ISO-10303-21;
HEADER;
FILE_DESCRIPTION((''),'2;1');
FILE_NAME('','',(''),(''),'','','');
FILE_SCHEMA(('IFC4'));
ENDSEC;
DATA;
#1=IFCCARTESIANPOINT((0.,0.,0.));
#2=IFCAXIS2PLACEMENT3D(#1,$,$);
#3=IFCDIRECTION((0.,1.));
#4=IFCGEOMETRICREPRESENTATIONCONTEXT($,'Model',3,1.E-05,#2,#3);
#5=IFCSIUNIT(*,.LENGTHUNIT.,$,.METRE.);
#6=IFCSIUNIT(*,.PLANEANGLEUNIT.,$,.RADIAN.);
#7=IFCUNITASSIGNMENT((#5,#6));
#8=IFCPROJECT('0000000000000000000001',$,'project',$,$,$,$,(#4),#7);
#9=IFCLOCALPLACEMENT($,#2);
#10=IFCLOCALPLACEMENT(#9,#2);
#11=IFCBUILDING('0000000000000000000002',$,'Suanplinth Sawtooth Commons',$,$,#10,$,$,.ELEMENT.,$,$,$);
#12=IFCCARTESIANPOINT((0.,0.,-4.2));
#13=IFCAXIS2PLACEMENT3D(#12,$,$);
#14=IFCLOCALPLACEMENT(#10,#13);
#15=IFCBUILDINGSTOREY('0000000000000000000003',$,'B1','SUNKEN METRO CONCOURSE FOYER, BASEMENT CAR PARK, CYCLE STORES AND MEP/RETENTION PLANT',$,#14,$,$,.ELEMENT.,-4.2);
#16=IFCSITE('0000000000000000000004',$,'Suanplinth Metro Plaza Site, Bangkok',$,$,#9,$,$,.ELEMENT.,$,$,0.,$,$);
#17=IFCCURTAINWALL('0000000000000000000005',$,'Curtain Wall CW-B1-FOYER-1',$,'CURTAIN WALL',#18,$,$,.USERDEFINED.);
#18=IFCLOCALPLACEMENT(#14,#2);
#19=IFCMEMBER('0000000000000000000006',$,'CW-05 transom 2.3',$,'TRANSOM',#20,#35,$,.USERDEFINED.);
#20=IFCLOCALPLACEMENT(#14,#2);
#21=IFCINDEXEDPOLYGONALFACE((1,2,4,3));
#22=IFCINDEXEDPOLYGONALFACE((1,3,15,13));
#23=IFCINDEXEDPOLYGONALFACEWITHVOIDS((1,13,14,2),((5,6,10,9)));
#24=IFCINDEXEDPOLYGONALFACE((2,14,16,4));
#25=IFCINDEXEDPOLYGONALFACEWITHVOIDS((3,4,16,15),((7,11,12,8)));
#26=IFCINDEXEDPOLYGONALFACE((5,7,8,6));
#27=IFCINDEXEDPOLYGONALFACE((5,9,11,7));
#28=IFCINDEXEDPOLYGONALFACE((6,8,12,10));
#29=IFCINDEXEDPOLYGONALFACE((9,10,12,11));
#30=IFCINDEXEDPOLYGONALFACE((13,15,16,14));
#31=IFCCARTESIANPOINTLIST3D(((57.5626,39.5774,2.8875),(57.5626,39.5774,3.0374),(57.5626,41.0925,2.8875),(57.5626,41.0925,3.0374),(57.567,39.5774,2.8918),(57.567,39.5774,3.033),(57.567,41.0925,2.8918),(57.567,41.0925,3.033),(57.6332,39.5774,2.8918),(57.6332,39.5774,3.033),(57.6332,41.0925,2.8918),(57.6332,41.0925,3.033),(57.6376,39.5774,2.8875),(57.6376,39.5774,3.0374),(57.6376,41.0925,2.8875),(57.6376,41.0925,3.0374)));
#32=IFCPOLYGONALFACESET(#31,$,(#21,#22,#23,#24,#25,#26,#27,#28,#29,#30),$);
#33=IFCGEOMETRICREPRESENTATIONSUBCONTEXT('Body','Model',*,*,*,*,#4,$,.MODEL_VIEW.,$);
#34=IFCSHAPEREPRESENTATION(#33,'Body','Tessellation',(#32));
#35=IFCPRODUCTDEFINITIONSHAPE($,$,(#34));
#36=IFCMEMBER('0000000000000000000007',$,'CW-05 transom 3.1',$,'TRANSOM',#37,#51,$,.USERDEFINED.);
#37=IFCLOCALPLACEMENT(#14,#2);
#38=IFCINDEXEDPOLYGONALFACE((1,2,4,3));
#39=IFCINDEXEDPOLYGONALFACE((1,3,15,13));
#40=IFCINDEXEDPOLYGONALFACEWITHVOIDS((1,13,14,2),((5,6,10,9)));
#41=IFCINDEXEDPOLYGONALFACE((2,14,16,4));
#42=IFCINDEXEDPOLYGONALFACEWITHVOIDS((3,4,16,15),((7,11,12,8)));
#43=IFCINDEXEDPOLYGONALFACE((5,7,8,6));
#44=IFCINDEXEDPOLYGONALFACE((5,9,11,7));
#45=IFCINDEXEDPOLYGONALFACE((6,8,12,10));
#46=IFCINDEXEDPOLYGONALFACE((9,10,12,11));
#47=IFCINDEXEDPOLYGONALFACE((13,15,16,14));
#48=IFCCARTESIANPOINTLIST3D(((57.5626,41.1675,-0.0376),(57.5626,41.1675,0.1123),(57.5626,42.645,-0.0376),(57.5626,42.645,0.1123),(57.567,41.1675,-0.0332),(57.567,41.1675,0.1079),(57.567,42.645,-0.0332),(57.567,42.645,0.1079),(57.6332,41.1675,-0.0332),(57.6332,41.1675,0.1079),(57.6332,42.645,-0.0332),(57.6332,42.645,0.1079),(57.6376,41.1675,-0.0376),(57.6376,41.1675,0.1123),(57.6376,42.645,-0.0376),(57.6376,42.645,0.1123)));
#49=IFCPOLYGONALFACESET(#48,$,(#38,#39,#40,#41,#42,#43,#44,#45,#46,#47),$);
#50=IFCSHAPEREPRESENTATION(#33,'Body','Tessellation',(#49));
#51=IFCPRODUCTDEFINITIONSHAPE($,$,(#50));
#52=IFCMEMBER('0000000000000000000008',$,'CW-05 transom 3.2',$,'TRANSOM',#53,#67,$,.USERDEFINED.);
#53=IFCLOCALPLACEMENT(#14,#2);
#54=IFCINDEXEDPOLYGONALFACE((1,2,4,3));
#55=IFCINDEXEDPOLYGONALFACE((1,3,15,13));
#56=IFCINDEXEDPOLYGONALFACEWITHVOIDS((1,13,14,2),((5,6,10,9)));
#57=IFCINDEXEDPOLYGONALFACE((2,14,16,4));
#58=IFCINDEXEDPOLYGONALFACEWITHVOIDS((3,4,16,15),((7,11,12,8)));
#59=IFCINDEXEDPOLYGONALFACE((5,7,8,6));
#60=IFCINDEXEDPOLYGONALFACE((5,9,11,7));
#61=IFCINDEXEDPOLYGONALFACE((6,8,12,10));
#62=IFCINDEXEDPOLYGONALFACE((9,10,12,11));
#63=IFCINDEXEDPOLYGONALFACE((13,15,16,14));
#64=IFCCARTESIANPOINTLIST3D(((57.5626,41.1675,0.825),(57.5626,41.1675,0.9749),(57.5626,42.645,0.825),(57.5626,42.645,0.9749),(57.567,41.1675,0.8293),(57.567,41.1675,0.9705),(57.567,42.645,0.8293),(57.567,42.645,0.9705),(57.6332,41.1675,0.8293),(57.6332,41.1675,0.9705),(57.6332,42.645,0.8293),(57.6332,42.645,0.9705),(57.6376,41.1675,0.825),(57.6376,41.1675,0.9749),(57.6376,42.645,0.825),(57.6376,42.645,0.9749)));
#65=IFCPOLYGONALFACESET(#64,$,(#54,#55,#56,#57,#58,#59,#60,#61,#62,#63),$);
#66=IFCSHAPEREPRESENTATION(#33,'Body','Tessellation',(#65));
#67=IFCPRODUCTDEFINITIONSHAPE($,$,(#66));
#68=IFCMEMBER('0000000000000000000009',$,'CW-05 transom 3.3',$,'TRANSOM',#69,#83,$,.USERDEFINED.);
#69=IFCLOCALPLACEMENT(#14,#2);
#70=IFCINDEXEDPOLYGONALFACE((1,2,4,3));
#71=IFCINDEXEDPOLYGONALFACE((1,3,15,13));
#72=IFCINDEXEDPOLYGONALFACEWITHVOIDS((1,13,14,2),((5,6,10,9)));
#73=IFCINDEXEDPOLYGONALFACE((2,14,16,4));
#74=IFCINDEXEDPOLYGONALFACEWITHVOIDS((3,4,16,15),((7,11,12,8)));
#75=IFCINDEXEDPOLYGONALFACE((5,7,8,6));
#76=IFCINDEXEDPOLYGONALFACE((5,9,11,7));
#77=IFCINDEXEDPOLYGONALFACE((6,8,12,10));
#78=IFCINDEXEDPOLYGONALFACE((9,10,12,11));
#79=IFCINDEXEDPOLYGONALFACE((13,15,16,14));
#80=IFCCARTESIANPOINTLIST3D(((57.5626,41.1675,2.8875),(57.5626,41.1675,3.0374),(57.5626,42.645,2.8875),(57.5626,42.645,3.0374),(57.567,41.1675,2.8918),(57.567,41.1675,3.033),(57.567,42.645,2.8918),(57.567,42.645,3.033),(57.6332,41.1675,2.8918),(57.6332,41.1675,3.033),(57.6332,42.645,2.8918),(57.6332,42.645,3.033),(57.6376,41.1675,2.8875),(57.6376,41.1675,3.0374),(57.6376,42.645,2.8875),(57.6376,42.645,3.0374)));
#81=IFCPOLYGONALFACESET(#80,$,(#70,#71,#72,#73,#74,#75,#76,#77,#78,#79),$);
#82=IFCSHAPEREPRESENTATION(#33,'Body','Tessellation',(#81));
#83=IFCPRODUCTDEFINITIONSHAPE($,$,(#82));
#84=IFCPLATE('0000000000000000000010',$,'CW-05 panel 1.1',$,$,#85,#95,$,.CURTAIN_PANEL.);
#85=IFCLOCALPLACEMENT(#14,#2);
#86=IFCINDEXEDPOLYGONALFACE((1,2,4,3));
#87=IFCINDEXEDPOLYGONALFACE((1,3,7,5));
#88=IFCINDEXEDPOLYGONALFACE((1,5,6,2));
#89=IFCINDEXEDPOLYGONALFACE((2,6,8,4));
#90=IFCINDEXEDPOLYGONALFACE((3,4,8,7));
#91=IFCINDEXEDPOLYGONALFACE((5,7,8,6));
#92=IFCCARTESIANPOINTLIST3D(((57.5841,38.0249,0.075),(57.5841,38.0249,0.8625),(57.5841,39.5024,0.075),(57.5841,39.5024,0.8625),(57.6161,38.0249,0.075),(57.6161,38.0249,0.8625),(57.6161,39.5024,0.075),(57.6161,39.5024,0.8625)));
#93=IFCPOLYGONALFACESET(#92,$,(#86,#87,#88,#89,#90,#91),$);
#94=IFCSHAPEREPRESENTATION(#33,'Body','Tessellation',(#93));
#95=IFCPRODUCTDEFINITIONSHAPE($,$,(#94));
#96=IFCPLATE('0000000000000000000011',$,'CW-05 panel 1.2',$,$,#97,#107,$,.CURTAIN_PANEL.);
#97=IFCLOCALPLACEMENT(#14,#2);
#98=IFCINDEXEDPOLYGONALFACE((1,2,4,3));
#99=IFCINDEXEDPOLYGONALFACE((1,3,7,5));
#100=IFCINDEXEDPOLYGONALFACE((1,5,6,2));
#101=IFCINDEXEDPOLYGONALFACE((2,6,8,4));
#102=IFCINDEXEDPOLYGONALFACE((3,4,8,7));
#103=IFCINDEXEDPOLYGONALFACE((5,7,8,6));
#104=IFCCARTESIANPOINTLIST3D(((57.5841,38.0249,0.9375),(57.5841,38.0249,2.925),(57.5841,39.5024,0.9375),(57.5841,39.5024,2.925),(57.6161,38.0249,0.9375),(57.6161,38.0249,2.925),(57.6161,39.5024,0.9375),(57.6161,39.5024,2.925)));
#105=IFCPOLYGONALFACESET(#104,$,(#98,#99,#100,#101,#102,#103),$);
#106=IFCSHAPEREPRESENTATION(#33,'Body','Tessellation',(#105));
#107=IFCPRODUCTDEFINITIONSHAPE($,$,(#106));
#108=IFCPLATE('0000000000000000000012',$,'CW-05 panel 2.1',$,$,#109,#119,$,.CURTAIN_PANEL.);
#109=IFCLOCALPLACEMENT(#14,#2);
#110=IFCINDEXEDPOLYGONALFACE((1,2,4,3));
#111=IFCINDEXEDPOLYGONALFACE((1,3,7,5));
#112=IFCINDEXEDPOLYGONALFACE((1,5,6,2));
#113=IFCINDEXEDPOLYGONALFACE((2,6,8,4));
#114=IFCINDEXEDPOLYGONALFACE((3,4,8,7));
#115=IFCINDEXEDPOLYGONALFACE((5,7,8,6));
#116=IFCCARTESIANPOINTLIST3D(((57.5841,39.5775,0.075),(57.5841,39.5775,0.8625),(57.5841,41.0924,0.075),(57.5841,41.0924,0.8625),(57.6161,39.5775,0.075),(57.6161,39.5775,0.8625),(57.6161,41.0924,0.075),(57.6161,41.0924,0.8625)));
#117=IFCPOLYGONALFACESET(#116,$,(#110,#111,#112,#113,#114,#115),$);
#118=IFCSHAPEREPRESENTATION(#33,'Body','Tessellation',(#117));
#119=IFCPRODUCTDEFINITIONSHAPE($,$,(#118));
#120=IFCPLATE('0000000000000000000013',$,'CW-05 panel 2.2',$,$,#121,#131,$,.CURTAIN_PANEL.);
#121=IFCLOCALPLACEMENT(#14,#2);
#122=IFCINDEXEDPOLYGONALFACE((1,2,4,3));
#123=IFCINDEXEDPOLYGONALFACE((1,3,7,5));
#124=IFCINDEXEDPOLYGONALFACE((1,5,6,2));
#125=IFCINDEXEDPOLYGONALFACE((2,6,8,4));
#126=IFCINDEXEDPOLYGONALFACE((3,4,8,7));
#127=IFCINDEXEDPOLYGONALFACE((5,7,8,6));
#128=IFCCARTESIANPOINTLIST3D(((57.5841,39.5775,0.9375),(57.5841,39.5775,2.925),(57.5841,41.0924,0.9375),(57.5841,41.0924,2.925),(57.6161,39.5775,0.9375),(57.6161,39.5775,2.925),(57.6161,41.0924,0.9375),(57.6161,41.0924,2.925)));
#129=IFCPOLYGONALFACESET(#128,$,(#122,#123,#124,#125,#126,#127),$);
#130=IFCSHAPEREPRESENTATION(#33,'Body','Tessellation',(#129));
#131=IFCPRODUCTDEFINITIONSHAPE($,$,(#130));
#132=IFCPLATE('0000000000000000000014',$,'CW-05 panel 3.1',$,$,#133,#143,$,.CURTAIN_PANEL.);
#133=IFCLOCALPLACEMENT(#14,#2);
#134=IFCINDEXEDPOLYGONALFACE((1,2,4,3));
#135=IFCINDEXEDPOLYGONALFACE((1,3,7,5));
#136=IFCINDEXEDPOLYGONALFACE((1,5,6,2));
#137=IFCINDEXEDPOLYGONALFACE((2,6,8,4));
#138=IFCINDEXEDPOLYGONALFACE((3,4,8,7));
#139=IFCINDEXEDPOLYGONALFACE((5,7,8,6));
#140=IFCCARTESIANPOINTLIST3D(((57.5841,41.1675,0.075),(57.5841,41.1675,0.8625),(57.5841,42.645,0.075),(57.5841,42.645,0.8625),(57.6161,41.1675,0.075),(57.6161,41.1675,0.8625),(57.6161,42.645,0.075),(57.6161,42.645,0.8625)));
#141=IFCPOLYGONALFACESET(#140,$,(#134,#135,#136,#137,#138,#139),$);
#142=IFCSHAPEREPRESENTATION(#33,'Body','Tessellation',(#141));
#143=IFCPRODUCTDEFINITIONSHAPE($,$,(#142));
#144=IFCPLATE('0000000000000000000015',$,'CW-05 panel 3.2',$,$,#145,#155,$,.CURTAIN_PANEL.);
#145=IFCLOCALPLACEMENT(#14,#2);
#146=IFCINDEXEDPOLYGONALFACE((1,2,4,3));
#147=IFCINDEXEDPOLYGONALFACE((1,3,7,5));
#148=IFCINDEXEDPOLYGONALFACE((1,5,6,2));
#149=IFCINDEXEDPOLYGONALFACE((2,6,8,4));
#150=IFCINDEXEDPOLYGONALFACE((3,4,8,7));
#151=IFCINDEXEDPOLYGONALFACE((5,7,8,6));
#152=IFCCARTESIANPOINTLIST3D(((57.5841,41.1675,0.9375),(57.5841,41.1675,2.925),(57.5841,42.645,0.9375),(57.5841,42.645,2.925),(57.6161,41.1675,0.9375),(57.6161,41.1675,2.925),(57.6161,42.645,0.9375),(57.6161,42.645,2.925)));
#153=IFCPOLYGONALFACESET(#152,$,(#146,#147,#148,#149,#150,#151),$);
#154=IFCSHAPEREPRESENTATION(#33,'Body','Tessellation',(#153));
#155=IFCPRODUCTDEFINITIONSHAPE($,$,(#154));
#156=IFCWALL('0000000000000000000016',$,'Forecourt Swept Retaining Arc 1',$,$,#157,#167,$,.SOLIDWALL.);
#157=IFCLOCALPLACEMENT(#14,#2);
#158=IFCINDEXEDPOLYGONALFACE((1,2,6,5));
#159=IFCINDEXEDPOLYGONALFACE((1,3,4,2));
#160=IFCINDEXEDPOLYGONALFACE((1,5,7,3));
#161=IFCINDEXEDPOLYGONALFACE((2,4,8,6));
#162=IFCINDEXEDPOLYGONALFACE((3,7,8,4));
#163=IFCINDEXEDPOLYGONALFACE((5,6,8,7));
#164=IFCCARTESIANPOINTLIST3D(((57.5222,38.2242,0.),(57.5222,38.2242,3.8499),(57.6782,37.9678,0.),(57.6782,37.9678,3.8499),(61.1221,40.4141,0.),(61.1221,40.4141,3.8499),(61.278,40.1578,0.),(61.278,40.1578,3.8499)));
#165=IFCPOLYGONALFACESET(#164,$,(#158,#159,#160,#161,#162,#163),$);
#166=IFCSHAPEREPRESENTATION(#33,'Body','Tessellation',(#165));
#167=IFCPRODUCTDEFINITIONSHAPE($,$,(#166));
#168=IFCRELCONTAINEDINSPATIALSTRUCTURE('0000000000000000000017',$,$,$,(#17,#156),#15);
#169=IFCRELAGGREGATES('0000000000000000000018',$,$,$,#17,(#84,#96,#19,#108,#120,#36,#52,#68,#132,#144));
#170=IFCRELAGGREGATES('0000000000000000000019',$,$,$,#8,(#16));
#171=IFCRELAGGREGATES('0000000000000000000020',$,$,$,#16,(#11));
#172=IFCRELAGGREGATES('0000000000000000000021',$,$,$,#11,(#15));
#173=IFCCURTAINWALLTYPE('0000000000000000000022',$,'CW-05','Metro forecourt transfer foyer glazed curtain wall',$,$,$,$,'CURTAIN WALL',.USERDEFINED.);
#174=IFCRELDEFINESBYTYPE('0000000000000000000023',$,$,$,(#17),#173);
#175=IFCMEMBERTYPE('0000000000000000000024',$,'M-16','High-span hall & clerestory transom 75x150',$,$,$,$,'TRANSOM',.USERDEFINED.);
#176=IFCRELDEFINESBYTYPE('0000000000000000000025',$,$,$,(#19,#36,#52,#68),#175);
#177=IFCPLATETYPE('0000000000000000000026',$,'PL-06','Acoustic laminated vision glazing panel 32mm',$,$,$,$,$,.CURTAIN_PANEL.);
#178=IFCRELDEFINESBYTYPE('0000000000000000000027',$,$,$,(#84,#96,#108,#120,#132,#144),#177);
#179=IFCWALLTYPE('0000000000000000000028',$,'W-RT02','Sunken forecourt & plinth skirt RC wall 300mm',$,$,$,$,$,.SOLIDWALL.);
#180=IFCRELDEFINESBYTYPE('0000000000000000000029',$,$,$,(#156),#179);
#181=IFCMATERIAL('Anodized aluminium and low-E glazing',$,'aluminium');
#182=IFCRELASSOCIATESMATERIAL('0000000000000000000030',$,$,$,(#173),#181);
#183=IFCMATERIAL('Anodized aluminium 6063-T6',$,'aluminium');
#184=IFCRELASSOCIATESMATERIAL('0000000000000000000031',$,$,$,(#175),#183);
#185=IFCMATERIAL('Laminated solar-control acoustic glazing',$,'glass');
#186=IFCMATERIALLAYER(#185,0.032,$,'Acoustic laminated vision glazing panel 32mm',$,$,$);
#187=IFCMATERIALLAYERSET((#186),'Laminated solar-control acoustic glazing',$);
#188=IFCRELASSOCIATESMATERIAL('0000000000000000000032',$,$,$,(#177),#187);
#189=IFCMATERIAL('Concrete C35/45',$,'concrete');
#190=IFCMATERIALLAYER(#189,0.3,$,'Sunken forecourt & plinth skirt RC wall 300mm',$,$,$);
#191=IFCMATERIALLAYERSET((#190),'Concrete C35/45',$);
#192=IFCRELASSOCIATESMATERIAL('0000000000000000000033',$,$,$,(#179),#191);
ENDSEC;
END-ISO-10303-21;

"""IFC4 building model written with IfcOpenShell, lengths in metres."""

from ifc_helpers import new_model, si_unit, direction, frame, frame_2d, origin, origin_2d, place, context, subcontext, project, spatial, rectangle, hollow_rectangle, extrude, material, layer, layer_set, material_profile, profile_set, type_object, element, aggregate, save


model = new_model("IFC4")

# Units and contexts
model_context = context("Model", 3, precision=1e-05, world=origin(), true_north=direction((0.0, 1.0)))
body_context = subcontext(model_context, "Body", "Model", "MODEL_VIEW")
ifc_project = project(units=[si_unit("LENGTHUNIT", "METRE"), si_unit("PLANEANGLEUNIT", "RADIAN")], contexts=[model_context])

# Site, building, storey
site_placement = place(None, origin())
site = spatial("IfcSite", under=ifc_project, at=site_placement, Name="Suanplinth Metro Plaza Site, Bangkok", CompositionType="ELEMENT", RefElevation=0.0)
building_placement = place(site_placement, origin())
building = spatial("IfcBuilding", under=site, at=building_placement, Name="Suanplinth Sawtooth Commons", CompositionType="ELEMENT")
storey_placement = place(building_placement, frame((0.0, 0.0, -4.2)))
storey = spatial("IfcBuildingStorey", under=building, at=storey_placement, Name="B1", Description="SUNKEN METRO CONCOURSE FOYER, BASEMENT CAR PARK, CYCLE STORES AND MEP/RETENTION PLANT", CompositionType="ELEMENT", Elevation=-4.2)

# Curtain wall, members, plates
ifc_material_1 = material(Name="Anodized aluminium and low-E glazing", Category="aluminium")
curtain_wall_type = type_object("IfcCurtainWallType", Name="CW-05", Description="Metro forecourt transfer foyer glazed curtain wall", ElementType="CURTAIN WALL", PredefinedType="USERDEFINED", material=ifc_material_1)
curtain_wall_placement = place(storey_placement, origin())
curtain_wall = element("IfcCurtainWall", 1, at=curtain_wall_placement, inside=storey, type_object=curtain_wall_type, Name="Curtain Wall CW-B1-FOYER-1", ObjectType="CURTAIN WALL", PredefinedType="USERDEFINED")
ifc_material_2 = material(Name="Anodized aluminium 6063-T6", Category="aluminium")
ifc_material_profile_1 = material_profile(ifc_material_2, hollow_rectangle(XDim=0.075, YDim=0.1499, WallThickness=0.0044, at=origin_2d()), Name="ALU-TRN 75x150")
ifc_profile_set_1 = profile_set([ifc_material_profile_1], Name="Anodized aluminium 6063-T6")
member_type_1 = type_object("IfcMemberType", Name="M-16", Description="High-span hall & clerestory transom 75x150", ElementType="TRANSOM", PredefinedType="USERDEFINED", material=ifc_profile_set_1)
member_1_placement = place(storey_placement, frame((57.6001, 39.5774, 2.9624), z_axis=(0.0, 1.0, 0.0), x_axis=(-1.0, 0.0, 0.0)))
member_1 = element("IfcMember", 2, at=member_1_placement, type_object=member_type_1, Name="CW-05 transom 2.3", ObjectType="TRANSOM", PredefinedType="USERDEFINED", context=body_context, shape_type="SweptSolid", body=[
    extrude(hollow_rectangle(XDim=0.075, YDim=0.1499, WallThickness=0.0044, at=origin_2d()), origin(), (0.0, 0.0, 1.0), 1.5151),
])
member_2_placement = place(storey_placement, frame((57.6001, 41.1675, 0.0374), z_axis=(0.0, 1.0, 0.0), x_axis=(-1.0, 0.0, 0.0)))
member_2 = element("IfcMember", 3, at=member_2_placement, type_object=member_type_1, Name="CW-05 transom 3.1", ObjectType="TRANSOM", PredefinedType="USERDEFINED", context=body_context, shape_type="SweptSolid", body=[
    extrude(hollow_rectangle(XDim=0.075, YDim=0.1499, WallThickness=0.0044, at=origin_2d()), origin(), (0.0, 0.0, 1.0), 1.4775),
])
member_3_placement = place(storey_placement, frame((57.6001, 41.1675, 0.8999), z_axis=(0.0, 1.0, 0.0), x_axis=(-1.0, 0.0, 0.0)))
member_3 = element("IfcMember", 4, at=member_3_placement, type_object=member_type_1, Name="CW-05 transom 3.2", ObjectType="TRANSOM", PredefinedType="USERDEFINED", context=body_context, shape_type="SweptSolid", body=[
    extrude(hollow_rectangle(XDim=0.075, YDim=0.1499, WallThickness=0.0044, at=origin_2d()), origin(), (0.0, 0.0, 1.0), 1.4775),
])
member_4_placement = place(storey_placement, frame((57.6001, 41.1675, 2.9624), z_axis=(0.0, 1.0, 0.0), x_axis=(-1.0, 0.0, 0.0)))
member_4 = element("IfcMember", 5, at=member_4_placement, type_object=member_type_1, Name="CW-05 transom 3.3", ObjectType="TRANSOM", PredefinedType="USERDEFINED", context=body_context, shape_type="SweptSolid", body=[
    extrude(hollow_rectangle(XDim=0.075, YDim=0.1499, WallThickness=0.0044, at=origin_2d()), origin(), (0.0, 0.0, 1.0), 1.4775),
])
ifc_material_3 = material(Name="Laminated solar-control acoustic glazing", Category="glass")
ifc_layer_1 = layer(ifc_material_3, 0.032, Name="Acoustic laminated vision glazing panel 32mm")
ifc_layer_set_1 = layer_set([ifc_layer_1], Name="Laminated solar-control acoustic glazing")
plate_type = type_object("IfcPlateType", Name="PL-06", Description="Acoustic laminated vision glazing panel 32mm", PredefinedType="CURTAIN_PANEL", material=ifc_layer_set_1)
plate_1_placement = place(storey_placement, frame((57.6001, 38.7637, 0.075), z_axis=(0.0, 0.0, 1.0), x_axis=(0.0, 1.0, 0.0)))
plate_1 = element("IfcPlate", 6, at=plate_1_placement, type_object=plate_type, Name="CW-05 panel 1.1", PredefinedType="CURTAIN_PANEL", context=body_context, shape_type="SweptSolid", body=[
    extrude(rectangle(XDim=1.4775, YDim=0.032, at=origin_2d()), origin(), (0.0, 0.0, 1.0), 0.7876),
])
plate_2_placement = place(storey_placement, frame((57.6001, 38.7637, 0.9375), z_axis=(0.0, 0.0, 1.0), x_axis=(0.0, 1.0, 0.0)))
plate_2 = element("IfcPlate", 7, at=plate_2_placement, type_object=plate_type, Name="CW-05 panel 1.2", PredefinedType="CURTAIN_PANEL", context=body_context, shape_type="SweptSolid", body=[
    extrude(rectangle(XDim=1.4775, YDim=0.032, at=origin_2d()), origin(), (0.0, 0.0, 1.0), 1.9875),
])
plate_3_placement = place(storey_placement, frame((57.6001, 40.335, 0.075), z_axis=(0.0, 0.0, 1.0), x_axis=(0.0, 1.0, 0.0)))
plate_3 = element("IfcPlate", 8, at=plate_3_placement, type_object=plate_type, Name="CW-05 panel 2.1", PredefinedType="CURTAIN_PANEL", context=body_context, shape_type="SweptSolid", body=[
    extrude(rectangle(XDim=1.5149, YDim=0.032, at=origin_2d()), origin(), (0.0, 0.0, 1.0), 0.7876),
])
plate_4_placement = place(storey_placement, frame((57.6001, 40.335, 0.9375), z_axis=(0.0, 0.0, 1.0), x_axis=(0.0, 1.0, 0.0)))
plate_4 = element("IfcPlate", 9, at=plate_4_placement, type_object=plate_type, Name="CW-05 panel 2.2", PredefinedType="CURTAIN_PANEL", context=body_context, shape_type="SweptSolid", body=[
    extrude(rectangle(XDim=1.5149, YDim=0.032, at=origin_2d()), origin(), (0.0, 0.0, 1.0), 1.9875),
])
plate_5_placement = place(storey_placement, frame((57.6001, 41.9062, 0.075), z_axis=(0.0, 0.0, 1.0), x_axis=(0.0, 1.0, 0.0)))
plate_5 = element("IfcPlate", 10, at=plate_5_placement, type_object=plate_type, Name="CW-05 panel 3.1", PredefinedType="CURTAIN_PANEL", context=body_context, shape_type="SweptSolid", body=[
    extrude(rectangle(XDim=1.4775, YDim=0.032, at=origin_2d()), origin(), (0.0, 0.0, 1.0), 0.7876),
])
plate_6_placement = place(storey_placement, frame((57.6001, 41.9062, 0.9375), z_axis=(0.0, 0.0, 1.0), x_axis=(0.0, 1.0, 0.0)))
plate_6 = element("IfcPlate", 11, at=plate_6_placement, type_object=plate_type, Name="CW-05 panel 3.2", PredefinedType="CURTAIN_PANEL", context=body_context, shape_type="SweptSolid", body=[
    extrude(rectangle(XDim=1.4775, YDim=0.032, at=origin_2d()), origin(), (0.0, 0.0, 1.0), 1.9875),
])
aggregate(curtain_wall, [plate_1, plate_2, member_1, plate_3, plate_4, member_2, member_3, member_4, plate_5, plate_6])

# Wall
ifc_material_4 = material(Name="Concrete C35/45", Category="concrete")
ifc_layer_2 = layer(ifc_material_4, 0.3, Name="Sunken forecourt & plinth skirt RC wall 300mm")
ifc_layer_set_2 = layer_set([ifc_layer_2], Name="Concrete C35/45")
wall_type = type_object("IfcWallType", Name="W-RT02", Description="Sunken forecourt & plinth skirt RC wall 300mm", PredefinedType="SOLIDWALL", material=ifc_layer_set_2)
wall_placement = place(storey_placement, frame((57.6001, 38.0959, 0.0), z_axis=(0.0, 0.0, 1.0), x_axis=(0.854333, 0.519726, 0.0)))
element("IfcWall", 12, at=wall_placement, inside=storey, type_object=wall_type, Name="Forecourt Swept Retaining Arc 1", PredefinedType="SOLIDWALL", context=body_context, shape_type="SweptSolid", body=[
    extrude(rectangle(XDim=4.2136, YDim=0.3, at=frame_2d((2.1069, 0.0))), origin(), (0.0, 0.0, 1.0), 3.8499),
])

save(model, "model.ifc")
